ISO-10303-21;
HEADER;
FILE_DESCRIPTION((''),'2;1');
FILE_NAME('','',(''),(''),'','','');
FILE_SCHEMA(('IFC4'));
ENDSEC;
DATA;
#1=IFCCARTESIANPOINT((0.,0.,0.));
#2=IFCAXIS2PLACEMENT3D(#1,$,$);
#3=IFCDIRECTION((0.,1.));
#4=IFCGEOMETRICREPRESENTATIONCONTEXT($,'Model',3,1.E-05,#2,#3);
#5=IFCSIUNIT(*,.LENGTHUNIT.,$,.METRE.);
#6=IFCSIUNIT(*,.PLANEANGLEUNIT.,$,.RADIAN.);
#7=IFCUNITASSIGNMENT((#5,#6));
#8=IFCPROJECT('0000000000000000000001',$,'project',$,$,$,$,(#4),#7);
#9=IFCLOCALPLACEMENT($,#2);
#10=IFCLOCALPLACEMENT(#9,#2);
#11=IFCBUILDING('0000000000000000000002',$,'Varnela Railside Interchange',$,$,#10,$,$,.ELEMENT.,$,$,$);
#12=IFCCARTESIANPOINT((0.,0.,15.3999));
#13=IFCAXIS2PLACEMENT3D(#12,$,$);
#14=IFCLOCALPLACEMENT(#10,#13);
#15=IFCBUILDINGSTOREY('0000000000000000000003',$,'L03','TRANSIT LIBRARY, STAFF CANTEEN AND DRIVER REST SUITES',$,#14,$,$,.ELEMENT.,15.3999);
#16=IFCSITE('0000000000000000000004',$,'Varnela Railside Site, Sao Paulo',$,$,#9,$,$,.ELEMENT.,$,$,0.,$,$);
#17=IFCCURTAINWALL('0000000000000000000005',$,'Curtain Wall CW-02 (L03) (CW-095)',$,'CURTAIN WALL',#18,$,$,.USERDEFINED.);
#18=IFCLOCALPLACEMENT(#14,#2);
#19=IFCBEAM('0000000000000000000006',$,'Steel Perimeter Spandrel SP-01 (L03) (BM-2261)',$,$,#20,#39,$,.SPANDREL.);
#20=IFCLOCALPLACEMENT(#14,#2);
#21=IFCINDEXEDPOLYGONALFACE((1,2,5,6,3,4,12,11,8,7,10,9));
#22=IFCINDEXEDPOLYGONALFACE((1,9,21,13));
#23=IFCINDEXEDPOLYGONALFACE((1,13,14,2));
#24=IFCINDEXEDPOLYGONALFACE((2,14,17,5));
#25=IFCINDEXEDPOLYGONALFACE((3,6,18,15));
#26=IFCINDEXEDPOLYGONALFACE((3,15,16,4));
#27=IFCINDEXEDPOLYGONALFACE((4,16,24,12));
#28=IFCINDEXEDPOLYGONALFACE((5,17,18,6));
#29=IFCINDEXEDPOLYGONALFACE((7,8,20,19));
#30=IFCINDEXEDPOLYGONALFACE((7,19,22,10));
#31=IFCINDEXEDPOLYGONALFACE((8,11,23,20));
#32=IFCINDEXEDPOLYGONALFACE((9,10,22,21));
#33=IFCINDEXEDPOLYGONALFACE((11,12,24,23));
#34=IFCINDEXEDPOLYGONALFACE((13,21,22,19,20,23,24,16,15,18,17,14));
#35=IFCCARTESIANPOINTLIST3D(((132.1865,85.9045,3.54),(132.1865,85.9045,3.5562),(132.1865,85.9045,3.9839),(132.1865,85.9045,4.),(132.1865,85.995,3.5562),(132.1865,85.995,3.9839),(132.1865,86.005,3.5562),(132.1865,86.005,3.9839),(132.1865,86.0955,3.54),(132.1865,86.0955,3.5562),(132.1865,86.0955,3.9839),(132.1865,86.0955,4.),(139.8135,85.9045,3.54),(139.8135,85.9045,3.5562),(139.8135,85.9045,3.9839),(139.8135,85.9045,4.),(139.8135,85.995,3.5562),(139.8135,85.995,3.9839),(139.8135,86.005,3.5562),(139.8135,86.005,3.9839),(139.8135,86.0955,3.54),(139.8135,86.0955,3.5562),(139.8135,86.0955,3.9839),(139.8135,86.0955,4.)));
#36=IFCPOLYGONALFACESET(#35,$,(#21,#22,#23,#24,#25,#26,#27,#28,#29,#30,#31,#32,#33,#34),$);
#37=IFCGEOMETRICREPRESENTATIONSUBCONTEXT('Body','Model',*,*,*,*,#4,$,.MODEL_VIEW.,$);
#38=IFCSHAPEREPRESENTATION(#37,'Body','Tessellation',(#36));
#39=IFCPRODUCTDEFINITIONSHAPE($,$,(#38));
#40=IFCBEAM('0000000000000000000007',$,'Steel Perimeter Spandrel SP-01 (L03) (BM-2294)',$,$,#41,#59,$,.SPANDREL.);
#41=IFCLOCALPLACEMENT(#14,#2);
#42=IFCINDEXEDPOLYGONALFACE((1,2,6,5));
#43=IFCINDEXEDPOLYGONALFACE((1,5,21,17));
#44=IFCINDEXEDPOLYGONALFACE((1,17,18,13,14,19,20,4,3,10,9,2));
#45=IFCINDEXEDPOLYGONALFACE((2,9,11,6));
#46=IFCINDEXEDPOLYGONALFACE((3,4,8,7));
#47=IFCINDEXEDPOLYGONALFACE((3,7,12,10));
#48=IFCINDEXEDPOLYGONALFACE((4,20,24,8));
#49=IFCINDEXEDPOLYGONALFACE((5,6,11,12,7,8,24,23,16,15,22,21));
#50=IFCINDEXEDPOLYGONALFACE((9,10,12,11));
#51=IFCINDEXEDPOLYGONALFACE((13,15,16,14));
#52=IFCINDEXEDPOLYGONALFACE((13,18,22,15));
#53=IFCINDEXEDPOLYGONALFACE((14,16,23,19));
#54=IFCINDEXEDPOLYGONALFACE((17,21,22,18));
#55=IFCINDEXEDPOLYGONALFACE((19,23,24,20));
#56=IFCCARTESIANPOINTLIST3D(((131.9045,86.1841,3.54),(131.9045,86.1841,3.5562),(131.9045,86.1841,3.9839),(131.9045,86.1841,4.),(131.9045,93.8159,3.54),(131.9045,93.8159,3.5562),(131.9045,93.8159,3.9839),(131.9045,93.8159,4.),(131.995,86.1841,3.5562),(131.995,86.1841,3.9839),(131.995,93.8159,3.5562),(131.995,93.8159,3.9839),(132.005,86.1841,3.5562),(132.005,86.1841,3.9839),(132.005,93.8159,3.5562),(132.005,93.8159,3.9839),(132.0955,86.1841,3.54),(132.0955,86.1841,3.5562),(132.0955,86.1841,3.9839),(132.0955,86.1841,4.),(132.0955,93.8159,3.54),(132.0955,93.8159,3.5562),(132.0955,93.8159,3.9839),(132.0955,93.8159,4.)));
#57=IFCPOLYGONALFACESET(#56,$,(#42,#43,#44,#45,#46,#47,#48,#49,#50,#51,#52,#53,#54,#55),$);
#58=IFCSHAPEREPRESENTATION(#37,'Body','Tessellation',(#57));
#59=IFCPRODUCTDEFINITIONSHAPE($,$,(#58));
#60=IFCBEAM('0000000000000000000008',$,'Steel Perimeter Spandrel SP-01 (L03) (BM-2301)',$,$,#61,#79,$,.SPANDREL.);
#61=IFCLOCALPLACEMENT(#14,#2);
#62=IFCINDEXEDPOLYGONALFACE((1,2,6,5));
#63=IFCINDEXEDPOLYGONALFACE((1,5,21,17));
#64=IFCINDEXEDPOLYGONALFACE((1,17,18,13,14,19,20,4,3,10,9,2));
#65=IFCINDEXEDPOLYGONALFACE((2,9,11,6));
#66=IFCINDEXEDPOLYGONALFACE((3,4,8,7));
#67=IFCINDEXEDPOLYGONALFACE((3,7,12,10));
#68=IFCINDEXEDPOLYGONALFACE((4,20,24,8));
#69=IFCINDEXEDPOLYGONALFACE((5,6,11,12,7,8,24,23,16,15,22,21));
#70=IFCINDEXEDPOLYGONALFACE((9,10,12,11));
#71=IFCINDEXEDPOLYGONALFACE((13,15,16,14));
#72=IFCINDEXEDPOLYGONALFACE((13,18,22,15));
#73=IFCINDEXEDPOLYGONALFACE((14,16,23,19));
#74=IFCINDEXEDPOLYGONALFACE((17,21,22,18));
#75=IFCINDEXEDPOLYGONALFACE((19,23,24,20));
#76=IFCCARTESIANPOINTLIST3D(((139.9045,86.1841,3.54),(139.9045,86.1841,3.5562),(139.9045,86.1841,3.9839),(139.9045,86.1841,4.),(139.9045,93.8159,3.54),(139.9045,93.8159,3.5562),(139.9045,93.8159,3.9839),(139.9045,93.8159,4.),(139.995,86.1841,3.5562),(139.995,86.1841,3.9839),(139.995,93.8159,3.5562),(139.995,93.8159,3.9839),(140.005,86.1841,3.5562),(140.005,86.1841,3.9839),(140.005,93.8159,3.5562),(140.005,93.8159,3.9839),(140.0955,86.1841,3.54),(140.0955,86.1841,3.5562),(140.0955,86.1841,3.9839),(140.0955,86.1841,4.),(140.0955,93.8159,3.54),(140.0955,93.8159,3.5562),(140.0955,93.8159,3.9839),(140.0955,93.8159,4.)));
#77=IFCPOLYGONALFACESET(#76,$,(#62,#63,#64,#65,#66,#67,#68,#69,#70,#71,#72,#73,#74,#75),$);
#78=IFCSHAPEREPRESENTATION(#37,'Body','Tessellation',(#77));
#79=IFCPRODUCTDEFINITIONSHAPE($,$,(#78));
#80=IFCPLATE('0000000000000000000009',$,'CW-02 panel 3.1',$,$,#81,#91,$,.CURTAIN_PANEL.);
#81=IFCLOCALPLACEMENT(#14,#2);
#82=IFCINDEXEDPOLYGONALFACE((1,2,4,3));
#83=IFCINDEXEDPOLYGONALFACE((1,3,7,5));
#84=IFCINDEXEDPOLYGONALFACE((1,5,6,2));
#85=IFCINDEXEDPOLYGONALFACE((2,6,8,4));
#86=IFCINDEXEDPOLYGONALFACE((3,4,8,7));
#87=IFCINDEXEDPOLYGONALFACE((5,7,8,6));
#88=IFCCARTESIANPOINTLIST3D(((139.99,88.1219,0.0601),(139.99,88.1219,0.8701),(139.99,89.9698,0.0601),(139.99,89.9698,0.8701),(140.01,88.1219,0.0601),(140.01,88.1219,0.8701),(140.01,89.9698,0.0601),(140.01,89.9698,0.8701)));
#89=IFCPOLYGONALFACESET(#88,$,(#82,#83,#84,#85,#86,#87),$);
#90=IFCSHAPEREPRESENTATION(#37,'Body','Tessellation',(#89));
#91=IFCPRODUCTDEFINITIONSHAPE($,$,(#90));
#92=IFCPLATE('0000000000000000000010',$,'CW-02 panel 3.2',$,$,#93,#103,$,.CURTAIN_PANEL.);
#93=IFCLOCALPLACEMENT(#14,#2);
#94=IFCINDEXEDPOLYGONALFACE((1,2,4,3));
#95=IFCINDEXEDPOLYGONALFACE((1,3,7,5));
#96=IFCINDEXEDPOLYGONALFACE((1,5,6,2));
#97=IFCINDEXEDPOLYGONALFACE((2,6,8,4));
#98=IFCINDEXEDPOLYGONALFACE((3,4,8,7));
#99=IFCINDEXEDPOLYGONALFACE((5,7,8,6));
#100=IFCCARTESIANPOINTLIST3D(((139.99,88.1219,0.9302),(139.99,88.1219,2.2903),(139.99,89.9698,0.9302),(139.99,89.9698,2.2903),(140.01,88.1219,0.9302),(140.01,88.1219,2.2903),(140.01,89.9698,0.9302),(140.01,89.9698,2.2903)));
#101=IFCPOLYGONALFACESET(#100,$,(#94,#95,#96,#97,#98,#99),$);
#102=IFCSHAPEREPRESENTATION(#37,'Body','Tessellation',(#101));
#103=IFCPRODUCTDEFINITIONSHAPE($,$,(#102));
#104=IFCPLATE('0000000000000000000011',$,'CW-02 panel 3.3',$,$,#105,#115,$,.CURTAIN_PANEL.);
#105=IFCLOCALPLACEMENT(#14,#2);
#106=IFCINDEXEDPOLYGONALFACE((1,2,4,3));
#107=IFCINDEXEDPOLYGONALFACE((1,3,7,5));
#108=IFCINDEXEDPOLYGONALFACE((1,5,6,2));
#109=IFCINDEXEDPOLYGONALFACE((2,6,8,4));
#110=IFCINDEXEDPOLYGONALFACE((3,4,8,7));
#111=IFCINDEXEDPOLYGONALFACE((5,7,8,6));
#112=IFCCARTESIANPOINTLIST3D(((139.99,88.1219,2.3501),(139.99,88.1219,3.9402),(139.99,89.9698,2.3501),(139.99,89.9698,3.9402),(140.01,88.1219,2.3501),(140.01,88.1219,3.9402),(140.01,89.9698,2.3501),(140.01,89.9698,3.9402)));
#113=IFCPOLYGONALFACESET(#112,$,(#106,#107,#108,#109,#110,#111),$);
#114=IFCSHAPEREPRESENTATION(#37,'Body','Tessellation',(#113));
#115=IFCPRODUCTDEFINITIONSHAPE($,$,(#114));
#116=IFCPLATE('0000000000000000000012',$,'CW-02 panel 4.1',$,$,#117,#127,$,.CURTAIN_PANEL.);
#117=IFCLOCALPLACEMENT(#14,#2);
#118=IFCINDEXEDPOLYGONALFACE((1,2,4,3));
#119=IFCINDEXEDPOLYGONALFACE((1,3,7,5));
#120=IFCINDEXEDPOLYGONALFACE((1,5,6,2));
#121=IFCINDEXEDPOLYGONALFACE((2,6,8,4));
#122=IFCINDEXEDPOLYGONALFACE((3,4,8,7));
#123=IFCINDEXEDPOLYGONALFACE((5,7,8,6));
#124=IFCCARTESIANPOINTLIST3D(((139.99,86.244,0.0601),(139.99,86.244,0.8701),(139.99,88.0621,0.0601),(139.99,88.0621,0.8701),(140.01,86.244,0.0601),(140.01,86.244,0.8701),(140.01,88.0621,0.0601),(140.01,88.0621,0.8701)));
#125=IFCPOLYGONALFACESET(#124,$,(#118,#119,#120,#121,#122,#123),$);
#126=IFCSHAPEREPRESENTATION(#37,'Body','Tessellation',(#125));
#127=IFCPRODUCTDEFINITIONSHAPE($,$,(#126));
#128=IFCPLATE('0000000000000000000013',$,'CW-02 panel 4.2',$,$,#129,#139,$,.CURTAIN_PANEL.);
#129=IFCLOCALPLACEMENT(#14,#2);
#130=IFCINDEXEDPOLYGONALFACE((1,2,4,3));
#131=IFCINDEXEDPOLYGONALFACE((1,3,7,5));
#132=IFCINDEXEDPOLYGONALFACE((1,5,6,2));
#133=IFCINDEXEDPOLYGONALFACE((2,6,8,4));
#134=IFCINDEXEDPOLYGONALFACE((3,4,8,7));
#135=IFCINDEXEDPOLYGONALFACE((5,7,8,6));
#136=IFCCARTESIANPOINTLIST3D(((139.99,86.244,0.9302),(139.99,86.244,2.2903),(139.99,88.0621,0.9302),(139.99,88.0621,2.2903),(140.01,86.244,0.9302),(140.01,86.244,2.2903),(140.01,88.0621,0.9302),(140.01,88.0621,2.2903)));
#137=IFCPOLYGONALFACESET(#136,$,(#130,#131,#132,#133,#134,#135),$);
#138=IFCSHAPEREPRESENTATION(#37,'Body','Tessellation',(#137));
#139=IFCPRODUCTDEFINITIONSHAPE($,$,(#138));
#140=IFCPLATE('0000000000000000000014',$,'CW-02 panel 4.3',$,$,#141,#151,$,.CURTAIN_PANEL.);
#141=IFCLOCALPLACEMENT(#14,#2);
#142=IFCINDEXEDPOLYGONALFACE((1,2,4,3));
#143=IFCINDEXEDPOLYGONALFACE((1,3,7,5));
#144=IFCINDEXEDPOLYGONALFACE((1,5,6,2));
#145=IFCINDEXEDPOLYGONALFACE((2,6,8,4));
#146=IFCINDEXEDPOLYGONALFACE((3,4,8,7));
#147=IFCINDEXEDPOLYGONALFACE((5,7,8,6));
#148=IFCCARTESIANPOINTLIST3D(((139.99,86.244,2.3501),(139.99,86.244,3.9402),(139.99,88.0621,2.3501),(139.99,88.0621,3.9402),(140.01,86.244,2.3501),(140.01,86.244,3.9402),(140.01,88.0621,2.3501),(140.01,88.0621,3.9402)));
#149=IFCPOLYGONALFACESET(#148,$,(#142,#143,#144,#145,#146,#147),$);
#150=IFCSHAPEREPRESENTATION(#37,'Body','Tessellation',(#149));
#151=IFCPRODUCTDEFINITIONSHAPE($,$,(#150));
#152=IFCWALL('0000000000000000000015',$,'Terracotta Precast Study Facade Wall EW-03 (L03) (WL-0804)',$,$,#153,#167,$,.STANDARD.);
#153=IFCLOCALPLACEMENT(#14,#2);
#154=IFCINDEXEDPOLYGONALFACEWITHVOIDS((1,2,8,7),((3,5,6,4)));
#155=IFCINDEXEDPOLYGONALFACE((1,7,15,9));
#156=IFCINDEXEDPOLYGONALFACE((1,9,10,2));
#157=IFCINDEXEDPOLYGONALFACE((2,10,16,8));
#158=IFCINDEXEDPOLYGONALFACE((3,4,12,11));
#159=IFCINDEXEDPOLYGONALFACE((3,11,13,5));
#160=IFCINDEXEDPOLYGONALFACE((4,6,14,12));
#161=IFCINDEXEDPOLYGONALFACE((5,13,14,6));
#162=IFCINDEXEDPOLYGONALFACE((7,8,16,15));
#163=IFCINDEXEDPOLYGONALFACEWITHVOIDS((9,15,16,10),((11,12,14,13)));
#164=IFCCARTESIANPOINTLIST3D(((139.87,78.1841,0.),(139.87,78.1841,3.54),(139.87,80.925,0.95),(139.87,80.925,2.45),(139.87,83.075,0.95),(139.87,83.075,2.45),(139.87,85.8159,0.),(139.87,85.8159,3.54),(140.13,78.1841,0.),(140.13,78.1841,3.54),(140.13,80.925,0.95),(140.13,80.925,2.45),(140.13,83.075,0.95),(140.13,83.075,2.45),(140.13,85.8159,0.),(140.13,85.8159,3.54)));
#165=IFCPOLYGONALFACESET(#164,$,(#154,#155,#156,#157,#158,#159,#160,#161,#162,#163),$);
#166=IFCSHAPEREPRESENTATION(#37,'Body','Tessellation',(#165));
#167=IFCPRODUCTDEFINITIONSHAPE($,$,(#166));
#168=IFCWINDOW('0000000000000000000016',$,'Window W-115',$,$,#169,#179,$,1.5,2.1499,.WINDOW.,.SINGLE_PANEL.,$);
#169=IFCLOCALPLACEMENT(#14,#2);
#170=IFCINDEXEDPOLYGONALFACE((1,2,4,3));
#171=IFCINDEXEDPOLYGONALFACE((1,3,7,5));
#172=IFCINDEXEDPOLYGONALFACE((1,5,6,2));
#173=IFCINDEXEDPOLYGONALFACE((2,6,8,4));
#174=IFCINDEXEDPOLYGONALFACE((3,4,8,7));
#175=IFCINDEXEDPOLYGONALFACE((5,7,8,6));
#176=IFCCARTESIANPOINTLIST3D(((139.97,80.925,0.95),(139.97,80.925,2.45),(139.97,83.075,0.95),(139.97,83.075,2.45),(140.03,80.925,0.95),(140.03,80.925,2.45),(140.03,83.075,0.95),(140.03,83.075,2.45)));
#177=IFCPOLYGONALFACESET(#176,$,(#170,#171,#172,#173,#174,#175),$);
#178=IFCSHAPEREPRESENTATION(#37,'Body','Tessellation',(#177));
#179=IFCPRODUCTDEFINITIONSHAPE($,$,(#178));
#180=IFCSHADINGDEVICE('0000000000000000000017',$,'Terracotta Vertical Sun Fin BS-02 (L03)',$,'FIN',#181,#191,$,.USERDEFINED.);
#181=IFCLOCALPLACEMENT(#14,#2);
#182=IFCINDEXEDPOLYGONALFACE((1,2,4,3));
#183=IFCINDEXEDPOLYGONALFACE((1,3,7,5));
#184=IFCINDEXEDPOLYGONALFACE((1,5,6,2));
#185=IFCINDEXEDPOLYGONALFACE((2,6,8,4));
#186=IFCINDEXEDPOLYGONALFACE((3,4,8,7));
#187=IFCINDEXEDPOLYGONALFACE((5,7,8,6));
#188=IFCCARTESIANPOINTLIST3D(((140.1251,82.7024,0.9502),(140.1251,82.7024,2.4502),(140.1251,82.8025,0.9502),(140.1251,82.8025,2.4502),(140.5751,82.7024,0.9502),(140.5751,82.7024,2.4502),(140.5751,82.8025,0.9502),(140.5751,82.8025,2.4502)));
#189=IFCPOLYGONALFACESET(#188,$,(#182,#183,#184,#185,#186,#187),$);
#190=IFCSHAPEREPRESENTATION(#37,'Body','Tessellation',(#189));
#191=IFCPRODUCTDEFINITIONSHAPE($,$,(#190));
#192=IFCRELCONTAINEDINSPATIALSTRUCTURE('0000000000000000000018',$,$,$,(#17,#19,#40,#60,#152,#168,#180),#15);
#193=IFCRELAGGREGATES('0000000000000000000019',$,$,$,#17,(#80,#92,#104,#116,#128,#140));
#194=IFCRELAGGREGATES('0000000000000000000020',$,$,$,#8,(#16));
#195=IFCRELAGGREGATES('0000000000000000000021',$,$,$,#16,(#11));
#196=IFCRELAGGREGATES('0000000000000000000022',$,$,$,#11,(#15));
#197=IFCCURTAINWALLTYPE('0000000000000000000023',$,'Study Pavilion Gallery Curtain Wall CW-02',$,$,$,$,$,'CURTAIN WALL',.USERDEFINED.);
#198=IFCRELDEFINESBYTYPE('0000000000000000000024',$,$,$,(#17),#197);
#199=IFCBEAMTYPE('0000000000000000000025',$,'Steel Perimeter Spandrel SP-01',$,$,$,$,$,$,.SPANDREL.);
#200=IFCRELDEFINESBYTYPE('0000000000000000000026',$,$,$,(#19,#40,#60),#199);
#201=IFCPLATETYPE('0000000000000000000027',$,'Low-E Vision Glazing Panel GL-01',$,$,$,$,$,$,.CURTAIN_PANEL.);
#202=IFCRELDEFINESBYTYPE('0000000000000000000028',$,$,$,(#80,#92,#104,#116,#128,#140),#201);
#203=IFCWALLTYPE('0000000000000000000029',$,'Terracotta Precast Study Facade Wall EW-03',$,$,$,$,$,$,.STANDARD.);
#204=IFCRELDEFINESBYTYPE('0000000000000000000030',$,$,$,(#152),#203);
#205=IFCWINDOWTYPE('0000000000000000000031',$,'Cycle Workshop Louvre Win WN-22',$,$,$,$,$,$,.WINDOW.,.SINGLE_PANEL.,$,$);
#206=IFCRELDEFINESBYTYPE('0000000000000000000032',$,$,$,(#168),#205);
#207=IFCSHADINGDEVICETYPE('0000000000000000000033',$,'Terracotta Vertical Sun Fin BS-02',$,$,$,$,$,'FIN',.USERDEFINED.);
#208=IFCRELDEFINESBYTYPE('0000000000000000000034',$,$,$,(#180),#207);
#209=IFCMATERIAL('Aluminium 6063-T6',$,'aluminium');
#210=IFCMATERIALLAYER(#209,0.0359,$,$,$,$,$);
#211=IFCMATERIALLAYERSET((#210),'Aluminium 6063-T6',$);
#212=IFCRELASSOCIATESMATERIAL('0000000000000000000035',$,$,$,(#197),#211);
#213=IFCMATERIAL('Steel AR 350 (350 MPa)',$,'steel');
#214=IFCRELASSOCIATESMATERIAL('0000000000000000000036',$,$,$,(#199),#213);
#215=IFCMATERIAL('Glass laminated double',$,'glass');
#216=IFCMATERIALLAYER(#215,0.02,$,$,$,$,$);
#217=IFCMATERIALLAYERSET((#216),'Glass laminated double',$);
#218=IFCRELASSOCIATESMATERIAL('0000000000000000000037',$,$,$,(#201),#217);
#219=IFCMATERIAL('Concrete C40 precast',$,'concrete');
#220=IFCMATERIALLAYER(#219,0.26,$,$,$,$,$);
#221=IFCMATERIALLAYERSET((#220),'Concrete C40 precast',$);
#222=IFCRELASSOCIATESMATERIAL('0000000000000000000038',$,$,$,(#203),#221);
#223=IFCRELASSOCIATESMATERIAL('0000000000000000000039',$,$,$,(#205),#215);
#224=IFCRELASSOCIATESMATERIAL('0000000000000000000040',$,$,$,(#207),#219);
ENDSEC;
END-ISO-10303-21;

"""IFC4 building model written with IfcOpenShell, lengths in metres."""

from ifc_helpers import new_model, si_unit, direction, frame, frame_2d, origin, origin_2d, place, context, subcontext, project, spatial, rectangle, i_section, extrude, material, layer, layer_set, material_profile, profile_set, type_object, element, fill, aggregate, save


model = new_model("IFC4")

# Units and contexts
model_context = context("Model", 3, precision=1e-05, world=origin(), true_north=direction((0.0, 1.0)))
body_context = subcontext(model_context, "Body", "Model", "MODEL_VIEW")
ifc_project = project(units=[si_unit("LENGTHUNIT", "METRE"), si_unit("PLANEANGLEUNIT", "RADIAN")], contexts=[model_context])

# Site, building, storey
site_placement = place(None, origin())
site = spatial("IfcSite", under=ifc_project, at=site_placement, Name="Varnela Railside Site, Sao Paulo", CompositionType="ELEMENT", RefElevation=0.0)
building_placement = place(site_placement, origin())
building = spatial("IfcBuilding", under=site, at=building_placement, Name="Varnela Railside Interchange", CompositionType="ELEMENT")
storey_placement = place(building_placement, frame((0.0, 0.0, 15.3999)))
storey = spatial("IfcBuildingStorey", under=building, at=storey_placement, Name="L03", Description="TRANSIT LIBRARY, STAFF CANTEEN AND DRIVER REST SUITES", CompositionType="ELEMENT", Elevation=15.3999)

# Shared definitions
ifc_material_1 = material(Name="Steel AR 350 (350 MPa)", Category="steel")

# Curtain wall
ifc_material_2 = material(Name="Aluminium 6063-T6", Category="aluminium")
ifc_layer_1 = layer(ifc_material_2, 0.0359)
ifc_layer_set_1 = layer_set([ifc_layer_1], Name="Aluminium 6063-T6")
curtain_wall_type = type_object("IfcCurtainWallType", Name="Study Pavilion Gallery Curtain Wall CW-02", ElementType="CURTAIN WALL", PredefinedType="USERDEFINED", material=ifc_layer_set_1)
curtain_wall_placement = place(storey_placement, origin())
curtain_wall = element("IfcCurtainWall", 1, at=curtain_wall_placement, inside=storey, type_object=curtain_wall_type, Name="Curtain Wall CW-02 (L03) (CW-095)", ObjectType="CURTAIN WALL", PredefinedType="USERDEFINED")

# Beams
ifc_material_profile_1 = material_profile(ifc_material_1, i_section(OverallWidth=0.1909, OverallDepth=0.46, WebThickness=0.01, FlangeThickness=0.0161, at=origin_2d()), Name="W460x82")
ifc_profile_set_1 = profile_set([ifc_material_profile_1], Name="Steel AR 350 (350 MPa)")
beam_type_1 = type_object("IfcBeamType", Name="Steel Perimeter Spandrel SP-01", PredefinedType="SPANDREL", material=ifc_profile_set_1)
beam_1_placement = place(storey_placement, frame((132.1865, 86.0, 3.77), z_axis=(1.0, 0.0, 0.0), x_axis=(0.0, 1.0, 0.0)))
element("IfcBeam", 2, at=beam_1_placement, inside=storey, type_object=beam_type_1, Name="Steel Perimeter Spandrel SP-01 (L03) (BM-2261)", PredefinedType="SPANDREL", context=body_context, shape_type="SweptSolid", body=[
    extrude(i_section(OverallWidth=0.1909, OverallDepth=0.46, WebThickness=0.01, FlangeThickness=0.0161, at=origin_2d()), origin(), (0.0, 0.0, 1.0), 7.627),
])
for number, where, z_axis, x_axis, name in (
    (3, (132.0, 86.1841, 3.77), (0.0, 1.0, 0.0), (-1.0, 0.0, 0.0), "Steel Perimeter Spandrel SP-01 (L03) (BM-2294)"),
    (4, (140.0, 86.1841, 3.77), (0.0, 1.0, 0.0), (-1.0, 0.0, 0.0), "Steel Perimeter Spandrel SP-01 (L03) (BM-2301)"),
):
    element("IfcBeam", number, at=place(storey_placement, frame(where, z_axis=z_axis, x_axis=x_axis)), inside=storey, type_object=beam_type_1, Name=name, PredefinedType="SPANDREL", context=body_context, shape_type="SweptSolid", body=[
        extrude(i_section(OverallWidth=0.1909, OverallDepth=0.46, WebThickness=0.01, FlangeThickness=0.0161, at=origin_2d()), origin(), (0.0, 0.0, 1.0), 7.6318),
    ])

# Plates
ifc_material_3 = material(Name="Glass laminated double", Category="glass")
ifc_layer_2 = layer(ifc_material_3, 0.02)
ifc_layer_set_2 = layer_set([ifc_layer_2], Name="Glass laminated double")
plate_type = type_object("IfcPlateType", Name="Low-E Vision Glazing Panel GL-01", PredefinedType="CURTAIN_PANEL", material=ifc_layer_set_2)
plate_1_placement = place(storey_placement, frame((140.0, 89.0459, 0.0601), z_axis=(0.0, 0.0, 1.0), x_axis=(0.0, -1.0, 0.0)))
plate_1 = element("IfcPlate", 5, at=plate_1_placement, type_object=plate_type, Name="CW-02 panel 3.1", PredefinedType="CURTAIN_PANEL", context=body_context, shape_type="SweptSolid", body=[
    extrude(rectangle(XDim=1.8479, YDim=0.02, at=origin_2d()), origin(), (0.0, 0.0, 1.0), 0.8101),
])
plate_2_placement = place(storey_placement, frame((140.0, 89.0459, 0.9302), z_axis=(0.0, 0.0, 1.0), x_axis=(0.0, -1.0, 0.0)))
plate_2 = element("IfcPlate", 6, at=plate_2_placement, type_object=plate_type, Name="CW-02 panel 3.2", PredefinedType="CURTAIN_PANEL", context=body_context, shape_type="SweptSolid", body=[
    extrude(rectangle(XDim=1.8479, YDim=0.02, at=origin_2d()), origin(), (0.0, 0.0, 1.0), 1.3601),
])
plate_3_placement = place(storey_placement, frame((140.0, 89.0459, 2.3501), z_axis=(0.0, 0.0, 1.0), x_axis=(0.0, -1.0, 0.0)))
plate_3 = element("IfcPlate", 7, at=plate_3_placement, type_object=plate_type, Name="CW-02 panel 3.3", PredefinedType="CURTAIN_PANEL", context=body_context, shape_type="SweptSolid", body=[
    extrude(rectangle(XDim=1.8479, YDim=0.02, at=origin_2d()), origin(), (0.0, 0.0, 1.0), 1.5901),
])
plate_4_placement = place(storey_placement, frame((140.0, 87.1531, 0.0601), z_axis=(0.0, 0.0, 1.0), x_axis=(0.0, -1.0, 0.0)))
plate_4 = element("IfcPlate", 8, at=plate_4_placement, type_object=plate_type, Name="CW-02 panel 4.1", PredefinedType="CURTAIN_PANEL", context=body_context, shape_type="SweptSolid", body=[
    extrude(rectangle(XDim=1.8181, YDim=0.02, at=origin_2d()), origin(), (0.0, 0.0, 1.0), 0.8101),
])
plate_5_placement = place(storey_placement, frame((140.0, 87.1531, 0.9302), z_axis=(0.0, 0.0, 1.0), x_axis=(0.0, -1.0, 0.0)))
plate_5 = element("IfcPlate", 9, at=plate_5_placement, type_object=plate_type, Name="CW-02 panel 4.2", PredefinedType="CURTAIN_PANEL", context=body_context, shape_type="SweptSolid", body=[
    extrude(rectangle(XDim=1.8181, YDim=0.02, at=origin_2d()), origin(), (0.0, 0.0, 1.0), 1.3601),
])
plate_6_placement = place(storey_placement, frame((140.0, 87.1531, 2.3501), z_axis=(0.0, 0.0, 1.0), x_axis=(0.0, -1.0, 0.0)))
plate_6 = element("IfcPlate", 10, at=plate_6_placement, type_object=plate_type, Name="CW-02 panel 4.3", PredefinedType="CURTAIN_PANEL", context=body_context, shape_type="SweptSolid", body=[
    extrude(rectangle(XDim=1.8181, YDim=0.02, at=origin_2d()), origin(), (0.0, 0.0, 1.0), 1.5901),
])
aggregate(curtain_wall, [plate_1, plate_2, plate_3, plate_4, plate_5, plate_6])

# Wall, opening, window
ifc_material_4 = material(Name="Concrete C40 precast", Category="concrete")
ifc_layer_3 = layer(ifc_material_4, 0.26)
ifc_layer_set_3 = layer_set([ifc_layer_3], Name="Concrete C40 precast")
wall_type = type_object("IfcWallType", Name="Terracotta Precast Study Facade Wall EW-03", PredefinedType="STANDARD", material=ifc_layer_set_3)
wall_placement = place(storey_placement, frame((140.0, 85.8159, 0.0), z_axis=(0.0, 0.0, 1.0), x_axis=(0.0, -1.0, 0.0)))
wall = element("IfcWall", 11, at=wall_placement, inside=storey, type_object=wall_type, Name="Terracotta Precast Study Facade Wall EW-03 (L03) (WL-0804)", PredefinedType="STANDARD", context=body_context, shape_type="SweptSolid", body=[
    extrude(rectangle(XDim=7.6318, YDim=0.26, at=frame_2d((3.8159, 0.0))), origin(), (0.0, 0.0, 1.0), 3.54),
])
opening_placement = place(wall_placement, frame((2.741, 0.0, 0.95)))
opening = element("IfcOpeningElement", 12, at=opening_placement, cuts=wall, PredefinedType="OPENING", context=body_context, shape_type="SweptSolid", body=[
    extrude(rectangle(XDim=2.1499, YDim=1.5, at=frame_2d((1.075, 0.75))), frame((0.0, 0.1399, 0.0), z_axis=(0.0, -1.0, 0.0), x_axis=(1.0, 0.0, 0.0)), (0.0, 0.0, 1.0), 0.28),
])
window_type = type_object("IfcWindowType", Name="Cycle Workshop Louvre Win WN-22", PartitioningType="SINGLE_PANEL", PredefinedType="WINDOW", material=ifc_material_3)
window_placement = place(opening_placement, origin())
window = element("IfcWindow", 13, at=window_placement, inside=storey, type_object=window_type, Name="Window W-115", OverallHeight=1.5, OverallWidth=2.1499, PartitioningType="SINGLE_PANEL", PredefinedType="WINDOW", context=body_context, shape_type="SweptSolid", body=[
    extrude(rectangle(XDim=2.1499, YDim=1.5, at=frame_2d((1.075, 0.75))), frame((0.0, 0.03, 0.0), z_axis=(0.0, -1.0, 0.0), x_axis=(1.0, 0.0, 0.0)), (0.0, 0.0, 1.0), 0.0601),
])
fill(opening, window)

# Shading device
shading_device_type = type_object("IfcShadingDeviceType", Name="Terracotta Vertical Sun Fin BS-02", ElementType="FIN", PredefinedType="USERDEFINED", material=ifc_material_4)
shading_device_placement = place(storey_placement, frame((140.3501, 82.7524, 0.9502), z_axis=(0.0, 0.0, 1.0), x_axis=(1.0, 0.0, 0.0)))
element("IfcShadingDevice", 14, at=shading_device_placement, inside=storey, type_object=shading_device_type, Name="Terracotta Vertical Sun Fin BS-02 (L03)", ObjectType="FIN", PredefinedType="USERDEFINED", context=body_context, shape_type="SweptSolid", body=[
    extrude(rectangle(XDim=0.45, YDim=0.1001, at=origin_2d()), origin(), (0.0, 0.0, 1.0), 1.5),
])

save(model, "model.ifc")
